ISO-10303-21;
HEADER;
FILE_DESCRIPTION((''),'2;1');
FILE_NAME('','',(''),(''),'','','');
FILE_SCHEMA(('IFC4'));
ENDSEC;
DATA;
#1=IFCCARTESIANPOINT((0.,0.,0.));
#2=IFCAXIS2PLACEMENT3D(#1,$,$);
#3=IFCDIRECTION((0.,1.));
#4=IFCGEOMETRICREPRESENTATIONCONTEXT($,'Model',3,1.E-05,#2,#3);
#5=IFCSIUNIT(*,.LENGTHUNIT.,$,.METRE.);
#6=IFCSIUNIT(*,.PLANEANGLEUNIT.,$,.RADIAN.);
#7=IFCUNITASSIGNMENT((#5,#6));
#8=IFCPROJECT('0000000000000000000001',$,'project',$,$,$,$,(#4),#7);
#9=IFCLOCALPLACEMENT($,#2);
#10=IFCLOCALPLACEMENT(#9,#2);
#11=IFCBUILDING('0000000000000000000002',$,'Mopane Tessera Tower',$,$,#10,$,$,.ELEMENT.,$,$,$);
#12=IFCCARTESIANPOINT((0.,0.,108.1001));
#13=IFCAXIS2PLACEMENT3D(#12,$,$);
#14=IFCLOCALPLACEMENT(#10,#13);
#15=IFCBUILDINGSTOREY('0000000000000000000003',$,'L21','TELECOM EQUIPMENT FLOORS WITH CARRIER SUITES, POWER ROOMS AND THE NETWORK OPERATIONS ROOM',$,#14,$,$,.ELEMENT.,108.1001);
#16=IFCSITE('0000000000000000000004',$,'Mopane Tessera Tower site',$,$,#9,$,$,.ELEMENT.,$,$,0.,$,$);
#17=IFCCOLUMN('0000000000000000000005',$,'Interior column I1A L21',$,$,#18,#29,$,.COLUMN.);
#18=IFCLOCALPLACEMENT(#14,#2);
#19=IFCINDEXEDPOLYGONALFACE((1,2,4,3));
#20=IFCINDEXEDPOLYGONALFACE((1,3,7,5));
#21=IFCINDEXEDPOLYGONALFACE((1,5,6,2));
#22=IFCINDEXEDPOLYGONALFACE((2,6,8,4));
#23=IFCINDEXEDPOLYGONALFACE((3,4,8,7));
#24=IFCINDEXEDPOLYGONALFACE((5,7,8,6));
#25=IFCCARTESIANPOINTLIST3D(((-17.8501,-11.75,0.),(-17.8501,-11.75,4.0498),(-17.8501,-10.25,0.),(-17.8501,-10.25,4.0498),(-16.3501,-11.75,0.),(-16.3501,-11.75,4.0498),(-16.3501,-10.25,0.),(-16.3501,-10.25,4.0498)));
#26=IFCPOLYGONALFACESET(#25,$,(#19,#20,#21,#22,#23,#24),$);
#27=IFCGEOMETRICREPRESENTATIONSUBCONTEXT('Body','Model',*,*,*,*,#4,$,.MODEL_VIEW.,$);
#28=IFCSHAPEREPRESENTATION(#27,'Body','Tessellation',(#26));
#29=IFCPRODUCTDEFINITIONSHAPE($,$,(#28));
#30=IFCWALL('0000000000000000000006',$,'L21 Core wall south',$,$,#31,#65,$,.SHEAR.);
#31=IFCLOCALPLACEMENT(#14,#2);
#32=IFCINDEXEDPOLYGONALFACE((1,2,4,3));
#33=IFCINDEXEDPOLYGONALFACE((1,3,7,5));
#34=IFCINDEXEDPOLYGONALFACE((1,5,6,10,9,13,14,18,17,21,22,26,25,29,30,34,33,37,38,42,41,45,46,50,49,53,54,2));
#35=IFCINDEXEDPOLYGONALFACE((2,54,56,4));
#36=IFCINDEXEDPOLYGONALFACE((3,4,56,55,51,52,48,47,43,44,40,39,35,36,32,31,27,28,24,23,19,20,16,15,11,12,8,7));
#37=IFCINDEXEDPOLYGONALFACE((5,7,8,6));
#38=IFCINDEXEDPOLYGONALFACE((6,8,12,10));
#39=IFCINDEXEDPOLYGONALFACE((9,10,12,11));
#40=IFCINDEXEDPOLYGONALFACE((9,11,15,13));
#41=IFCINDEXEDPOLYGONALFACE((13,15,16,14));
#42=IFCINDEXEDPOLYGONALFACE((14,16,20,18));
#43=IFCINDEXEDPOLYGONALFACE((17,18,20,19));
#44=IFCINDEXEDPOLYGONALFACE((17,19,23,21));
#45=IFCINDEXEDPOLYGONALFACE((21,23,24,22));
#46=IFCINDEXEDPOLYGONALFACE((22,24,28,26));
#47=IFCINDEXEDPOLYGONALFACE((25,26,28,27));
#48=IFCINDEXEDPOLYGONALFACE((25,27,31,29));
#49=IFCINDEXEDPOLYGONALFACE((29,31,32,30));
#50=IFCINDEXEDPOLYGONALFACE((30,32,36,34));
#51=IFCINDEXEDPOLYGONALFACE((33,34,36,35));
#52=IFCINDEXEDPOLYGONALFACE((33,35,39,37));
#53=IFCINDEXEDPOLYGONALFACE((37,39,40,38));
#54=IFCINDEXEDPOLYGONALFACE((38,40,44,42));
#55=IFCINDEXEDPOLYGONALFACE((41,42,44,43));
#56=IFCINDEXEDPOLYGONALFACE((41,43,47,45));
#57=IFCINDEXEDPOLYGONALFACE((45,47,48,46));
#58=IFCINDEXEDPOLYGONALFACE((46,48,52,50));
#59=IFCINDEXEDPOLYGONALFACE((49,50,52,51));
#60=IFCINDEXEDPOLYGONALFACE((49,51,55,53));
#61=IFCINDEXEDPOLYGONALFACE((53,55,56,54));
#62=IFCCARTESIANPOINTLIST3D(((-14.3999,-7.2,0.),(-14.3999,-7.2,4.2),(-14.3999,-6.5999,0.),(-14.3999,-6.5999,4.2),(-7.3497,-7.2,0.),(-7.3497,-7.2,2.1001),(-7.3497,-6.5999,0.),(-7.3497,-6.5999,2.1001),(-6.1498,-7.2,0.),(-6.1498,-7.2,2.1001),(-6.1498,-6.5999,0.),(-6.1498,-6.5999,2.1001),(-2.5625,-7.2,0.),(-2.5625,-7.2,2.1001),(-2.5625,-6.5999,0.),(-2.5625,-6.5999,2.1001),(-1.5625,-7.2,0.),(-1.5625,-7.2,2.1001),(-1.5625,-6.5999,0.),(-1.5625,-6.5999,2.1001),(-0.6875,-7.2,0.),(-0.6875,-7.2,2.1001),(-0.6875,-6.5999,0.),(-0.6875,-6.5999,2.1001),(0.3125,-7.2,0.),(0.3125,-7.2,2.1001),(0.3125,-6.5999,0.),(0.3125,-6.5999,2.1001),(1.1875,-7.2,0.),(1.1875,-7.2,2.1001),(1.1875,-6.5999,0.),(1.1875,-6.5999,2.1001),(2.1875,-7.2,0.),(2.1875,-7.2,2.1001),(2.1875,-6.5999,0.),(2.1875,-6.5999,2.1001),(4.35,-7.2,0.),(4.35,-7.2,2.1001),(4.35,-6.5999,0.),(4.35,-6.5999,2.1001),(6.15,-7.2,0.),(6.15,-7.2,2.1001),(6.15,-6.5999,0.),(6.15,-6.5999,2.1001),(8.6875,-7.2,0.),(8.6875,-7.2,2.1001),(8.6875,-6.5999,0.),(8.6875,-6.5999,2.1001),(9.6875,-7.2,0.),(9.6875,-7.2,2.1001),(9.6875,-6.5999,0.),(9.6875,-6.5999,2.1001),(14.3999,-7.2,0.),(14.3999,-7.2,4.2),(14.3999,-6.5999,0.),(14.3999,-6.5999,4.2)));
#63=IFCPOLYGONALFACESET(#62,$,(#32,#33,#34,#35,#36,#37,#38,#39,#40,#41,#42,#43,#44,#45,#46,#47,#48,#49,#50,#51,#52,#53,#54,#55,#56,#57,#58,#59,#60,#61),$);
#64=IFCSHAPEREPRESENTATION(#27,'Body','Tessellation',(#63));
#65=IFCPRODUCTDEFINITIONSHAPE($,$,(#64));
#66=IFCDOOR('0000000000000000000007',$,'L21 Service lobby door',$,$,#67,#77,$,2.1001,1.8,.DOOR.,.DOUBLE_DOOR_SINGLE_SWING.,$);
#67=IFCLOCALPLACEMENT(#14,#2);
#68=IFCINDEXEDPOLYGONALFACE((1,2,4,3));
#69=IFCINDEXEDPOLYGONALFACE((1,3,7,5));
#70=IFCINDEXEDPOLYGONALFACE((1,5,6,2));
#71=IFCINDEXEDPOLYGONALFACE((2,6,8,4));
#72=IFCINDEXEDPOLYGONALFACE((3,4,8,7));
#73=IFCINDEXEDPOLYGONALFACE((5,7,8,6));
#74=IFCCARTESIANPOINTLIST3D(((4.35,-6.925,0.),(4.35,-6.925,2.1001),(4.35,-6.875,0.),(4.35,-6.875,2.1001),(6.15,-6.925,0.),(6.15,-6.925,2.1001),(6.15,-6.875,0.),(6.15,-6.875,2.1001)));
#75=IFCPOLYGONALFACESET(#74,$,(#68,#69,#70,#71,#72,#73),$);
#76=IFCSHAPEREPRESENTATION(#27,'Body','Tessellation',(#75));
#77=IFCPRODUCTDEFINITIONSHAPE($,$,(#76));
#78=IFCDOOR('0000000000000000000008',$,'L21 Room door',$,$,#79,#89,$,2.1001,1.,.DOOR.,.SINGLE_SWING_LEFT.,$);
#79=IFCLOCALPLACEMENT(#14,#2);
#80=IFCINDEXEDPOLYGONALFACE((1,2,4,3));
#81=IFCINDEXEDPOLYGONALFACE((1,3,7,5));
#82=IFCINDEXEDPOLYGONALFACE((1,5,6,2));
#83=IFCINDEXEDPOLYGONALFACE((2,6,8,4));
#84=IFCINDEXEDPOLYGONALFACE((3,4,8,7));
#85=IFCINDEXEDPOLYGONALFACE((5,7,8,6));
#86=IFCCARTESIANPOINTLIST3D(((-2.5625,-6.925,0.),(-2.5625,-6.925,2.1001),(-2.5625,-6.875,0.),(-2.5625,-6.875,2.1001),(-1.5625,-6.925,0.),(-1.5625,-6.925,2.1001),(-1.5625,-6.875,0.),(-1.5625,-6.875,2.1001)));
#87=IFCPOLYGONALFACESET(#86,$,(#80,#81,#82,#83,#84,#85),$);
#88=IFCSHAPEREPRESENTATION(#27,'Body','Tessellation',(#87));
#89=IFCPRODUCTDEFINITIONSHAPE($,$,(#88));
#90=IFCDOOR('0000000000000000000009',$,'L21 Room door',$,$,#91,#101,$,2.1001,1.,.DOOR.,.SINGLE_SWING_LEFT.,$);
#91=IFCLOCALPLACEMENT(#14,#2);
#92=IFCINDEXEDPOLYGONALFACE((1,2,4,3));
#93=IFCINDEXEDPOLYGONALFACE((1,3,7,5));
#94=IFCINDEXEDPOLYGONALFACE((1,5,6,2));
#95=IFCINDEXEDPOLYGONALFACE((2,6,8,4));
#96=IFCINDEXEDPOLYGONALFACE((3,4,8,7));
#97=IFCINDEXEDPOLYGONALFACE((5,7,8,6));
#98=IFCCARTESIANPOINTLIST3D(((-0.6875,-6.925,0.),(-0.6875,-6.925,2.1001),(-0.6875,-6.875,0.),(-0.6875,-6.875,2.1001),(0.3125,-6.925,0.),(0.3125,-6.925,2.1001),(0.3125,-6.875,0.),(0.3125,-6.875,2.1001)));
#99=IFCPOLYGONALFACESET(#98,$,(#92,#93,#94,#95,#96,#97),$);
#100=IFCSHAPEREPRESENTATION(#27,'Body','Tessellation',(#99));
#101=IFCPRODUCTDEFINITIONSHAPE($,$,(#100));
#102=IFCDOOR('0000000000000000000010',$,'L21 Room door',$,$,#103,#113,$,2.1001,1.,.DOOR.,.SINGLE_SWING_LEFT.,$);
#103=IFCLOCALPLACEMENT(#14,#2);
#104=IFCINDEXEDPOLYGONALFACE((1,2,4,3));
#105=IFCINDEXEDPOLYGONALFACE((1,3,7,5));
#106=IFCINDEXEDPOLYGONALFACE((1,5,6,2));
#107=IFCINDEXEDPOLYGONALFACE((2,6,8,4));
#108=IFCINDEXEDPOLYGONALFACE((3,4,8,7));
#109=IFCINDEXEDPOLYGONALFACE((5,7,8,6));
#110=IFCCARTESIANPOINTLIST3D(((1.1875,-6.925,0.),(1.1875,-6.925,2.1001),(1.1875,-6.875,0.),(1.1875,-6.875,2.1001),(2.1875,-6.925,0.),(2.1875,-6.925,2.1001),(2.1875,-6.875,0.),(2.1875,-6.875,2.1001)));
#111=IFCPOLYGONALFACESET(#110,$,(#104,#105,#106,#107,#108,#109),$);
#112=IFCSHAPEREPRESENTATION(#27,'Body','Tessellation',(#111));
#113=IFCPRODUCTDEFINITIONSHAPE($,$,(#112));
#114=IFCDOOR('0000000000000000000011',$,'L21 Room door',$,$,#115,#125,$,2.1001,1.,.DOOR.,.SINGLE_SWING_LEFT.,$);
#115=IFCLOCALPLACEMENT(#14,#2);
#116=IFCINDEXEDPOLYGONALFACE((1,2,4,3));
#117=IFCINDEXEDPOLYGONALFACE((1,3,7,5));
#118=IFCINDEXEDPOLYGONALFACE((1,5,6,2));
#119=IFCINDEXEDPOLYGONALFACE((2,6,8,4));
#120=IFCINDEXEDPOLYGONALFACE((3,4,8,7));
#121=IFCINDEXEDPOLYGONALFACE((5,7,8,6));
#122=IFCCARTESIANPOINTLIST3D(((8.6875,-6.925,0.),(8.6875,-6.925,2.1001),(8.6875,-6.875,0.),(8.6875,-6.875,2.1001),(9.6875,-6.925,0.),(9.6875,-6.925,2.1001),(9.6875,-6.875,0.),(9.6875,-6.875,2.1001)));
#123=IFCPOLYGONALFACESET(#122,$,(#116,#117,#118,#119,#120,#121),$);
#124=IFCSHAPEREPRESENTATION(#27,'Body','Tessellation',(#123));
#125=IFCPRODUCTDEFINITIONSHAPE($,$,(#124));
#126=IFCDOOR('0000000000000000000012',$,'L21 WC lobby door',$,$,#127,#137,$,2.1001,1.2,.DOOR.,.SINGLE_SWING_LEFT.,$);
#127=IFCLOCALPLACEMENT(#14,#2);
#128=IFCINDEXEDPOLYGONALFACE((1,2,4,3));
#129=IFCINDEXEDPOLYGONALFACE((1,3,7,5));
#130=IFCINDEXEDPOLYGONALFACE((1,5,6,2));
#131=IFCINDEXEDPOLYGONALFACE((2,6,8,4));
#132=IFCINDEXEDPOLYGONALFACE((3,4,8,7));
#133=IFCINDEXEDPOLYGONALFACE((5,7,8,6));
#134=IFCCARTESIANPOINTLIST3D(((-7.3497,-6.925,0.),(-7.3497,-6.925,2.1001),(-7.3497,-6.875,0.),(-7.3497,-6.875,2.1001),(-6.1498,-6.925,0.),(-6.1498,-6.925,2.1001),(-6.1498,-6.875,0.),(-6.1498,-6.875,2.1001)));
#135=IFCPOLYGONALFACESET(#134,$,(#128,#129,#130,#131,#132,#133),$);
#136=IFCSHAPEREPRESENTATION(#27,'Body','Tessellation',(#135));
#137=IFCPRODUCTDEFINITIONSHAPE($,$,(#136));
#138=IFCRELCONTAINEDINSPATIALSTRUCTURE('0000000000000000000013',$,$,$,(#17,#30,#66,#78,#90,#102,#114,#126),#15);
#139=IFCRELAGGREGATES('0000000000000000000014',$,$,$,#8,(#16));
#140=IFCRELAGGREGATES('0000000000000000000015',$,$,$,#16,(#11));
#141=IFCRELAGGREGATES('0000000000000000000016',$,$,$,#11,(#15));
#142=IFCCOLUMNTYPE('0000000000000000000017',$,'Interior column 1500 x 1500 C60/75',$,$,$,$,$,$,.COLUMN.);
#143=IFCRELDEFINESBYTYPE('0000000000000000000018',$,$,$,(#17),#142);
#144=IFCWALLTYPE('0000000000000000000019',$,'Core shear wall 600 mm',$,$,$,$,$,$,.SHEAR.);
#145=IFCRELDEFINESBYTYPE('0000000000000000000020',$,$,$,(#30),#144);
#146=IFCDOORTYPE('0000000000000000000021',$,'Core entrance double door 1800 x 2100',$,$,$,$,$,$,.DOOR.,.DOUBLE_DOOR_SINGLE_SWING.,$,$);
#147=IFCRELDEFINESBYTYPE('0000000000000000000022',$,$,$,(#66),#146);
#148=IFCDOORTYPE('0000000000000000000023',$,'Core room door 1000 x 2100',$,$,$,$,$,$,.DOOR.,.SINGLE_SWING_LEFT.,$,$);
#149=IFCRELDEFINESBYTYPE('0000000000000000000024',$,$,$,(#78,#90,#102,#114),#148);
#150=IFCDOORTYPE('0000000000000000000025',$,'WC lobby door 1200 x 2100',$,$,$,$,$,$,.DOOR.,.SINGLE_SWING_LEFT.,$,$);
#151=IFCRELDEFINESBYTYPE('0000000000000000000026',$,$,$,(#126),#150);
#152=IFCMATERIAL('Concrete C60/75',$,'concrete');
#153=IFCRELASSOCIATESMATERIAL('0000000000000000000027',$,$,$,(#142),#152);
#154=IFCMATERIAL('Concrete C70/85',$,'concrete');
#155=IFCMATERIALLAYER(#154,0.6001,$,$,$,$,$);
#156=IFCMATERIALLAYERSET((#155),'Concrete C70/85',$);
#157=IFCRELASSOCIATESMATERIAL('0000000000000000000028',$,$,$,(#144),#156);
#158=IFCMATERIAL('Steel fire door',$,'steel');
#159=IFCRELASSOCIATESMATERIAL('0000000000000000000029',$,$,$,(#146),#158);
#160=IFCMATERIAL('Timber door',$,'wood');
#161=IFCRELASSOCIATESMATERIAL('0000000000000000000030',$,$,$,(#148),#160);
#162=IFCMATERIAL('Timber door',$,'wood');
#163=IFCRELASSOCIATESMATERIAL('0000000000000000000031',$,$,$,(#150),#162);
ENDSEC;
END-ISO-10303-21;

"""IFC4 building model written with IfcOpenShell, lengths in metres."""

from ifc_helpers import new_model, si_unit, direction, frame, frame_2d, origin, origin_2d, place, context, subcontext, project, spatial, rectangle, extrude, material, layer, layer_set, material_profile, profile_set, type_object, element, fill, save


model = new_model("IFC4")

# Units and contexts
model_context = context("Model", 3, precision=1e-05, world=origin(), true_north=direction((0.0, 1.0)))
body_context = subcontext(model_context, "Body", "Model", "MODEL_VIEW")
ifc_project = project(units=[si_unit("LENGTHUNIT", "METRE"), si_unit("PLANEANGLEUNIT", "RADIAN")], contexts=[model_context])

# Site, building, storey
site_placement = place(None, origin())
site = spatial("IfcSite", under=ifc_project, at=site_placement, Name="Mopane Tessera Tower site", CompositionType="ELEMENT", RefElevation=0.0)
building_placement = place(site_placement, origin())
building = spatial("IfcBuilding", under=site, at=building_placement, Name="Mopane Tessera Tower", CompositionType="ELEMENT")
storey_placement = place(building_placement, frame((0.0, 0.0, 108.1001)))
storey = spatial("IfcBuildingStorey", under=building, at=storey_placement, Name="L21", Description="TELECOM EQUIPMENT FLOORS WITH CARRIER SUITES, POWER ROOMS AND THE NETWORK OPERATIONS ROOM", CompositionType="ELEMENT", Elevation=108.1001)

# Column
ifc_material_1 = material(Name="Concrete C60/75", Category="concrete")
ifc_material_profile = material_profile(ifc_material_1, rectangle(XDim=1.5, YDim=1.5, at=origin_2d()))
ifc_profile_set = profile_set([ifc_material_profile], Name="Concrete C60/75")
column_type = type_object("IfcColumnType", Name="Interior column 1500 x 1500 C60/75", PredefinedType="COLUMN", material=ifc_profile_set)
column_placement = place(storey_placement, frame((-17.1001, -11.0, 0.0), z_axis=(0.0, 0.0, 1.0), x_axis=(1.0, 0.0, 0.0)))
element("IfcColumn", 1, at=column_placement, inside=storey, type_object=column_type, Name="Interior column I1A L21", PredefinedType="COLUMN", context=body_context, shape_type="SweptSolid", body=[
    extrude(rectangle(XDim=1.5, YDim=1.5, at=origin_2d()), origin(), (0.0, 0.0, 1.0), 4.0498),
])

# Wall, openings, doors
ifc_material_2 = material(Name="Concrete C70/85", Category="concrete")
ifc_layer_1 = layer(ifc_material_2, 0.6001)
ifc_layer_set_1 = layer_set([ifc_layer_1], Name="Concrete C70/85")
wall_type_1 = type_object("IfcWallType", Name="Core shear wall 600 mm", PredefinedType="SHEAR", material=ifc_layer_set_1)
wall_1_placement = place(storey_placement, frame((-14.3999, -6.8999, 0.0), z_axis=(0.0, 0.0, 1.0), x_axis=(1.0, 0.0, 0.0)))
wall_1 = element("IfcWall", 2, at=wall_1_placement, inside=storey, type_object=wall_type_1, Name="L21 Core wall south", PredefinedType="SHEAR", context=body_context, shape_type="SweptSolid", body=[
    extrude(rectangle(XDim=28.7998, YDim=0.6001, at=frame_2d((14.3999, 0.0))), origin(), (0.0, 0.0, 1.0), 4.2),
])
opening_1_placement = place(wall_1_placement, frame((7.05, 0.0, 0.0)))
opening_1 = element("IfcOpeningElement", 3, at=opening_1_placement, cuts=wall_1, PredefinedType="OPENING", context=body_context, shape_type="SweptSolid", body=[
    extrude(rectangle(XDim=1.2, YDim=2.1001, at=frame_2d((0.6001, 1.05))), frame((0.0, 0.312, 0.0), z_axis=(0.0, -1.0, 0.0), x_axis=(1.0, 0.0, 0.0)), (0.0, 0.0, 1.0), 0.624),
])
opening_2_placement = place(wall_1_placement, frame((11.8374, 0.0, 0.0)))
opening_2 = element("IfcOpeningElement", 4, at=opening_2_placement, cuts=wall_1, PredefinedType="OPENING", context=body_context, shape_type="SweptSolid", body=[
    extrude(rectangle(XDim=1.0, YDim=2.1001, at=frame_2d((0.5, 1.05))), frame((0.0, 0.312, 0.0), z_axis=(0.0, -1.0, 0.0), x_axis=(1.0, 0.0, 0.0)), (0.0, 0.0, 1.0), 0.624),
])
opening_3_placement = place(wall_1_placement, frame((13.7124, 0.0, 0.0)))
opening_3 = element("IfcOpeningElement", 5, at=opening_3_placement, cuts=wall_1, PredefinedType="OPENING", context=body_context, shape_type="SweptSolid", body=[
    extrude(rectangle(XDim=1.0, YDim=2.1001, at=frame_2d((0.5, 1.05))), frame((0.0, 0.312, 0.0), z_axis=(0.0, -1.0, 0.0), x_axis=(1.0, 0.0, 0.0)), (0.0, 0.0, 1.0), 0.624),
])
opening_4_placement = place(wall_1_placement, frame((15.5874, 0.0, 0.0)))
opening_4 = element("IfcOpeningElement", 6, at=opening_4_placement, cuts=wall_1, PredefinedType="OPENING", context=body_context, shape_type="SweptSolid", body=[
    extrude(rectangle(XDim=1.0, YDim=2.1001, at=frame_2d((0.5, 1.05))), frame((0.0, 0.312, 0.0), z_axis=(0.0, -1.0, 0.0), x_axis=(1.0, 0.0, 0.0)), (0.0, 0.0, 1.0), 0.624),
])
opening_5_placement = place(wall_1_placement, frame((18.75, 0.0, 0.0)))
opening_5 = element("IfcOpeningElement", 7, at=opening_5_placement, cuts=wall_1, PredefinedType="OPENING", context=body_context, shape_type="SweptSolid", body=[
    extrude(rectangle(XDim=1.8, YDim=2.1001, at=frame_2d((0.8999, 1.05))), frame((0.0, 0.312, 0.0), z_axis=(0.0, -1.0, 0.0), x_axis=(1.0, 0.0, 0.0)), (0.0, 0.0, 1.0), 0.624),
])
opening_6_placement = place(wall_1_placement, frame((23.0874, 0.0, 0.0)))
opening_6 = element("IfcOpeningElement", 8, at=opening_6_placement, cuts=wall_1, PredefinedType="OPENING", context=body_context, shape_type="SweptSolid", body=[
    extrude(rectangle(XDim=1.0, YDim=2.1001, at=frame_2d((0.5, 1.05))), frame((0.0, 0.312, 0.0), z_axis=(0.0, -1.0, 0.0), x_axis=(1.0, 0.0, 0.0)), (0.0, 0.0, 1.0), 0.624),
])
ifc_material_3 = material(Name="Steel fire door", Category="steel")
door_type_1 = type_object("IfcDoorType", Name="Core entrance double door 1800 x 2100", OperationType="DOUBLE_DOOR_SINGLE_SWING", PredefinedType="DOOR", material=ifc_material_3)
door_1_placement = place(opening_5_placement, origin())
door_1 = element("IfcDoor", 9, at=door_1_placement, inside=storey, type_object=door_type_1, Name="L21 Service lobby door", OperationType="DOUBLE_DOOR_SINGLE_SWING", OverallHeight=2.1001, OverallWidth=1.8, PredefinedType="DOOR", context=body_context, shape_type="SweptSolid", body=[
    extrude(rectangle(XDim=1.8, YDim=2.1001, at=frame_2d((0.8999, 1.05))), frame((0.0, 0.0249, 0.0), z_axis=(0.0, -1.0, 0.0), x_axis=(1.0, 0.0, 0.0)), (0.0, 0.0, 1.0), 0.05),
])
fill(opening_5, door_1)
ifc_material_4 = material(Name="Timber door", Category="wood")
door_type_2 = type_object("IfcDoorType", Name="Core room door 1000 x 2100", OperationType="SINGLE_SWING_LEFT", PredefinedType="DOOR", material=ifc_material_4)
door_2_placement = place(opening_2_placement, origin())
door_2 = element("IfcDoor", 10, at=door_2_placement, inside=storey, type_object=door_type_2, Name="L21 Room door", OperationType="SINGLE_SWING_LEFT", OverallHeight=2.1001, OverallWidth=1.0, PredefinedType="DOOR", context=body_context, shape_type="SweptSolid", body=[
    extrude(rectangle(XDim=1.0, YDim=2.1001, at=frame_2d((0.5, 1.05))), frame((0.0, 0.0249, 0.0), z_axis=(0.0, -1.0, 0.0), x_axis=(1.0, 0.0, 0.0)), (0.0, 0.0, 1.0), 0.05),
])
fill(opening_2, door_2)
door_3_placement = place(opening_3_placement, origin())
door_3 = element("IfcDoor", 11, at=door_3_placement, inside=storey, type_object=door_type_2, Name="L21 Room door", OperationType="SINGLE_SWING_LEFT", OverallHeight=2.1001, OverallWidth=1.0, PredefinedType="DOOR", context=body_context, shape_type="SweptSolid", body=[
    extrude(rectangle(XDim=1.0, YDim=2.1001, at=frame_2d((0.5, 1.05))), frame((0.0, 0.0249, 0.0), z_axis=(0.0, -1.0, 0.0), x_axis=(1.0, 0.0, 0.0)), (0.0, 0.0, 1.0), 0.05),
])
fill(opening_3, door_3)
door_4_placement = place(opening_4_placement, origin())
door_4 = element("IfcDoor", 12, at=door_4_placement, inside=storey, type_object=door_type_2, Name="L21 Room door", OperationType="SINGLE_SWING_LEFT", OverallHeight=2.1001, OverallWidth=1.0, PredefinedType="DOOR", context=body_context, shape_type="SweptSolid", body=[
    extrude(rectangle(XDim=1.0, YDim=2.1001, at=frame_2d((0.5, 1.05))), frame((0.0, 0.0249, 0.0), z_axis=(0.0, -1.0, 0.0), x_axis=(1.0, 0.0, 0.0)), (0.0, 0.0, 1.0), 0.05),
])
fill(opening_4, door_4)
door_5_placement = place(opening_6_placement, origin())
door_5 = element("IfcDoor", 13, at=door_5_placement, inside=storey, type_object=door_type_2, Name="L21 Room door", OperationType="SINGLE_SWING_LEFT", OverallHeight=2.1001, OverallWidth=1.0, PredefinedType="DOOR", context=body_context, shape_type="SweptSolid", body=[
    extrude(rectangle(XDim=1.0, YDim=2.1001, at=frame_2d((0.5, 1.05))), frame((0.0, 0.0249, 0.0), z_axis=(0.0, -1.0, 0.0), x_axis=(1.0, 0.0, 0.0)), (0.0, 0.0, 1.0), 0.05),
])
fill(opening_6, door_5)
ifc_material_5 = material(Name="Timber door", Category="wood")
door_type_3 = type_object("IfcDoorType", Name="WC lobby door 1200 x 2100", OperationType="SINGLE_SWING_LEFT", PredefinedType="DOOR", material=ifc_material_5)
door_6_placement = place(opening_1_placement, origin())
door_6 = element("IfcDoor", 14, at=door_6_placement, inside=storey, type_object=door_type_3, Name="L21 WC lobby door", OperationType="SINGLE_SWING_LEFT", OverallHeight=2.1001, OverallWidth=1.2, PredefinedType="DOOR", context=body_context, shape_type="SweptSolid", body=[
    extrude(rectangle(XDim=1.2, YDim=2.1001, at=frame_2d((0.6001, 1.05))), frame((0.0, 0.0249, 0.0), z_axis=(0.0, -1.0, 0.0), x_axis=(1.0, 0.0, 0.0)), (0.0, 0.0, 1.0), 0.05),
])
fill(opening_1, door_6)

save(model, "model.ifc")
